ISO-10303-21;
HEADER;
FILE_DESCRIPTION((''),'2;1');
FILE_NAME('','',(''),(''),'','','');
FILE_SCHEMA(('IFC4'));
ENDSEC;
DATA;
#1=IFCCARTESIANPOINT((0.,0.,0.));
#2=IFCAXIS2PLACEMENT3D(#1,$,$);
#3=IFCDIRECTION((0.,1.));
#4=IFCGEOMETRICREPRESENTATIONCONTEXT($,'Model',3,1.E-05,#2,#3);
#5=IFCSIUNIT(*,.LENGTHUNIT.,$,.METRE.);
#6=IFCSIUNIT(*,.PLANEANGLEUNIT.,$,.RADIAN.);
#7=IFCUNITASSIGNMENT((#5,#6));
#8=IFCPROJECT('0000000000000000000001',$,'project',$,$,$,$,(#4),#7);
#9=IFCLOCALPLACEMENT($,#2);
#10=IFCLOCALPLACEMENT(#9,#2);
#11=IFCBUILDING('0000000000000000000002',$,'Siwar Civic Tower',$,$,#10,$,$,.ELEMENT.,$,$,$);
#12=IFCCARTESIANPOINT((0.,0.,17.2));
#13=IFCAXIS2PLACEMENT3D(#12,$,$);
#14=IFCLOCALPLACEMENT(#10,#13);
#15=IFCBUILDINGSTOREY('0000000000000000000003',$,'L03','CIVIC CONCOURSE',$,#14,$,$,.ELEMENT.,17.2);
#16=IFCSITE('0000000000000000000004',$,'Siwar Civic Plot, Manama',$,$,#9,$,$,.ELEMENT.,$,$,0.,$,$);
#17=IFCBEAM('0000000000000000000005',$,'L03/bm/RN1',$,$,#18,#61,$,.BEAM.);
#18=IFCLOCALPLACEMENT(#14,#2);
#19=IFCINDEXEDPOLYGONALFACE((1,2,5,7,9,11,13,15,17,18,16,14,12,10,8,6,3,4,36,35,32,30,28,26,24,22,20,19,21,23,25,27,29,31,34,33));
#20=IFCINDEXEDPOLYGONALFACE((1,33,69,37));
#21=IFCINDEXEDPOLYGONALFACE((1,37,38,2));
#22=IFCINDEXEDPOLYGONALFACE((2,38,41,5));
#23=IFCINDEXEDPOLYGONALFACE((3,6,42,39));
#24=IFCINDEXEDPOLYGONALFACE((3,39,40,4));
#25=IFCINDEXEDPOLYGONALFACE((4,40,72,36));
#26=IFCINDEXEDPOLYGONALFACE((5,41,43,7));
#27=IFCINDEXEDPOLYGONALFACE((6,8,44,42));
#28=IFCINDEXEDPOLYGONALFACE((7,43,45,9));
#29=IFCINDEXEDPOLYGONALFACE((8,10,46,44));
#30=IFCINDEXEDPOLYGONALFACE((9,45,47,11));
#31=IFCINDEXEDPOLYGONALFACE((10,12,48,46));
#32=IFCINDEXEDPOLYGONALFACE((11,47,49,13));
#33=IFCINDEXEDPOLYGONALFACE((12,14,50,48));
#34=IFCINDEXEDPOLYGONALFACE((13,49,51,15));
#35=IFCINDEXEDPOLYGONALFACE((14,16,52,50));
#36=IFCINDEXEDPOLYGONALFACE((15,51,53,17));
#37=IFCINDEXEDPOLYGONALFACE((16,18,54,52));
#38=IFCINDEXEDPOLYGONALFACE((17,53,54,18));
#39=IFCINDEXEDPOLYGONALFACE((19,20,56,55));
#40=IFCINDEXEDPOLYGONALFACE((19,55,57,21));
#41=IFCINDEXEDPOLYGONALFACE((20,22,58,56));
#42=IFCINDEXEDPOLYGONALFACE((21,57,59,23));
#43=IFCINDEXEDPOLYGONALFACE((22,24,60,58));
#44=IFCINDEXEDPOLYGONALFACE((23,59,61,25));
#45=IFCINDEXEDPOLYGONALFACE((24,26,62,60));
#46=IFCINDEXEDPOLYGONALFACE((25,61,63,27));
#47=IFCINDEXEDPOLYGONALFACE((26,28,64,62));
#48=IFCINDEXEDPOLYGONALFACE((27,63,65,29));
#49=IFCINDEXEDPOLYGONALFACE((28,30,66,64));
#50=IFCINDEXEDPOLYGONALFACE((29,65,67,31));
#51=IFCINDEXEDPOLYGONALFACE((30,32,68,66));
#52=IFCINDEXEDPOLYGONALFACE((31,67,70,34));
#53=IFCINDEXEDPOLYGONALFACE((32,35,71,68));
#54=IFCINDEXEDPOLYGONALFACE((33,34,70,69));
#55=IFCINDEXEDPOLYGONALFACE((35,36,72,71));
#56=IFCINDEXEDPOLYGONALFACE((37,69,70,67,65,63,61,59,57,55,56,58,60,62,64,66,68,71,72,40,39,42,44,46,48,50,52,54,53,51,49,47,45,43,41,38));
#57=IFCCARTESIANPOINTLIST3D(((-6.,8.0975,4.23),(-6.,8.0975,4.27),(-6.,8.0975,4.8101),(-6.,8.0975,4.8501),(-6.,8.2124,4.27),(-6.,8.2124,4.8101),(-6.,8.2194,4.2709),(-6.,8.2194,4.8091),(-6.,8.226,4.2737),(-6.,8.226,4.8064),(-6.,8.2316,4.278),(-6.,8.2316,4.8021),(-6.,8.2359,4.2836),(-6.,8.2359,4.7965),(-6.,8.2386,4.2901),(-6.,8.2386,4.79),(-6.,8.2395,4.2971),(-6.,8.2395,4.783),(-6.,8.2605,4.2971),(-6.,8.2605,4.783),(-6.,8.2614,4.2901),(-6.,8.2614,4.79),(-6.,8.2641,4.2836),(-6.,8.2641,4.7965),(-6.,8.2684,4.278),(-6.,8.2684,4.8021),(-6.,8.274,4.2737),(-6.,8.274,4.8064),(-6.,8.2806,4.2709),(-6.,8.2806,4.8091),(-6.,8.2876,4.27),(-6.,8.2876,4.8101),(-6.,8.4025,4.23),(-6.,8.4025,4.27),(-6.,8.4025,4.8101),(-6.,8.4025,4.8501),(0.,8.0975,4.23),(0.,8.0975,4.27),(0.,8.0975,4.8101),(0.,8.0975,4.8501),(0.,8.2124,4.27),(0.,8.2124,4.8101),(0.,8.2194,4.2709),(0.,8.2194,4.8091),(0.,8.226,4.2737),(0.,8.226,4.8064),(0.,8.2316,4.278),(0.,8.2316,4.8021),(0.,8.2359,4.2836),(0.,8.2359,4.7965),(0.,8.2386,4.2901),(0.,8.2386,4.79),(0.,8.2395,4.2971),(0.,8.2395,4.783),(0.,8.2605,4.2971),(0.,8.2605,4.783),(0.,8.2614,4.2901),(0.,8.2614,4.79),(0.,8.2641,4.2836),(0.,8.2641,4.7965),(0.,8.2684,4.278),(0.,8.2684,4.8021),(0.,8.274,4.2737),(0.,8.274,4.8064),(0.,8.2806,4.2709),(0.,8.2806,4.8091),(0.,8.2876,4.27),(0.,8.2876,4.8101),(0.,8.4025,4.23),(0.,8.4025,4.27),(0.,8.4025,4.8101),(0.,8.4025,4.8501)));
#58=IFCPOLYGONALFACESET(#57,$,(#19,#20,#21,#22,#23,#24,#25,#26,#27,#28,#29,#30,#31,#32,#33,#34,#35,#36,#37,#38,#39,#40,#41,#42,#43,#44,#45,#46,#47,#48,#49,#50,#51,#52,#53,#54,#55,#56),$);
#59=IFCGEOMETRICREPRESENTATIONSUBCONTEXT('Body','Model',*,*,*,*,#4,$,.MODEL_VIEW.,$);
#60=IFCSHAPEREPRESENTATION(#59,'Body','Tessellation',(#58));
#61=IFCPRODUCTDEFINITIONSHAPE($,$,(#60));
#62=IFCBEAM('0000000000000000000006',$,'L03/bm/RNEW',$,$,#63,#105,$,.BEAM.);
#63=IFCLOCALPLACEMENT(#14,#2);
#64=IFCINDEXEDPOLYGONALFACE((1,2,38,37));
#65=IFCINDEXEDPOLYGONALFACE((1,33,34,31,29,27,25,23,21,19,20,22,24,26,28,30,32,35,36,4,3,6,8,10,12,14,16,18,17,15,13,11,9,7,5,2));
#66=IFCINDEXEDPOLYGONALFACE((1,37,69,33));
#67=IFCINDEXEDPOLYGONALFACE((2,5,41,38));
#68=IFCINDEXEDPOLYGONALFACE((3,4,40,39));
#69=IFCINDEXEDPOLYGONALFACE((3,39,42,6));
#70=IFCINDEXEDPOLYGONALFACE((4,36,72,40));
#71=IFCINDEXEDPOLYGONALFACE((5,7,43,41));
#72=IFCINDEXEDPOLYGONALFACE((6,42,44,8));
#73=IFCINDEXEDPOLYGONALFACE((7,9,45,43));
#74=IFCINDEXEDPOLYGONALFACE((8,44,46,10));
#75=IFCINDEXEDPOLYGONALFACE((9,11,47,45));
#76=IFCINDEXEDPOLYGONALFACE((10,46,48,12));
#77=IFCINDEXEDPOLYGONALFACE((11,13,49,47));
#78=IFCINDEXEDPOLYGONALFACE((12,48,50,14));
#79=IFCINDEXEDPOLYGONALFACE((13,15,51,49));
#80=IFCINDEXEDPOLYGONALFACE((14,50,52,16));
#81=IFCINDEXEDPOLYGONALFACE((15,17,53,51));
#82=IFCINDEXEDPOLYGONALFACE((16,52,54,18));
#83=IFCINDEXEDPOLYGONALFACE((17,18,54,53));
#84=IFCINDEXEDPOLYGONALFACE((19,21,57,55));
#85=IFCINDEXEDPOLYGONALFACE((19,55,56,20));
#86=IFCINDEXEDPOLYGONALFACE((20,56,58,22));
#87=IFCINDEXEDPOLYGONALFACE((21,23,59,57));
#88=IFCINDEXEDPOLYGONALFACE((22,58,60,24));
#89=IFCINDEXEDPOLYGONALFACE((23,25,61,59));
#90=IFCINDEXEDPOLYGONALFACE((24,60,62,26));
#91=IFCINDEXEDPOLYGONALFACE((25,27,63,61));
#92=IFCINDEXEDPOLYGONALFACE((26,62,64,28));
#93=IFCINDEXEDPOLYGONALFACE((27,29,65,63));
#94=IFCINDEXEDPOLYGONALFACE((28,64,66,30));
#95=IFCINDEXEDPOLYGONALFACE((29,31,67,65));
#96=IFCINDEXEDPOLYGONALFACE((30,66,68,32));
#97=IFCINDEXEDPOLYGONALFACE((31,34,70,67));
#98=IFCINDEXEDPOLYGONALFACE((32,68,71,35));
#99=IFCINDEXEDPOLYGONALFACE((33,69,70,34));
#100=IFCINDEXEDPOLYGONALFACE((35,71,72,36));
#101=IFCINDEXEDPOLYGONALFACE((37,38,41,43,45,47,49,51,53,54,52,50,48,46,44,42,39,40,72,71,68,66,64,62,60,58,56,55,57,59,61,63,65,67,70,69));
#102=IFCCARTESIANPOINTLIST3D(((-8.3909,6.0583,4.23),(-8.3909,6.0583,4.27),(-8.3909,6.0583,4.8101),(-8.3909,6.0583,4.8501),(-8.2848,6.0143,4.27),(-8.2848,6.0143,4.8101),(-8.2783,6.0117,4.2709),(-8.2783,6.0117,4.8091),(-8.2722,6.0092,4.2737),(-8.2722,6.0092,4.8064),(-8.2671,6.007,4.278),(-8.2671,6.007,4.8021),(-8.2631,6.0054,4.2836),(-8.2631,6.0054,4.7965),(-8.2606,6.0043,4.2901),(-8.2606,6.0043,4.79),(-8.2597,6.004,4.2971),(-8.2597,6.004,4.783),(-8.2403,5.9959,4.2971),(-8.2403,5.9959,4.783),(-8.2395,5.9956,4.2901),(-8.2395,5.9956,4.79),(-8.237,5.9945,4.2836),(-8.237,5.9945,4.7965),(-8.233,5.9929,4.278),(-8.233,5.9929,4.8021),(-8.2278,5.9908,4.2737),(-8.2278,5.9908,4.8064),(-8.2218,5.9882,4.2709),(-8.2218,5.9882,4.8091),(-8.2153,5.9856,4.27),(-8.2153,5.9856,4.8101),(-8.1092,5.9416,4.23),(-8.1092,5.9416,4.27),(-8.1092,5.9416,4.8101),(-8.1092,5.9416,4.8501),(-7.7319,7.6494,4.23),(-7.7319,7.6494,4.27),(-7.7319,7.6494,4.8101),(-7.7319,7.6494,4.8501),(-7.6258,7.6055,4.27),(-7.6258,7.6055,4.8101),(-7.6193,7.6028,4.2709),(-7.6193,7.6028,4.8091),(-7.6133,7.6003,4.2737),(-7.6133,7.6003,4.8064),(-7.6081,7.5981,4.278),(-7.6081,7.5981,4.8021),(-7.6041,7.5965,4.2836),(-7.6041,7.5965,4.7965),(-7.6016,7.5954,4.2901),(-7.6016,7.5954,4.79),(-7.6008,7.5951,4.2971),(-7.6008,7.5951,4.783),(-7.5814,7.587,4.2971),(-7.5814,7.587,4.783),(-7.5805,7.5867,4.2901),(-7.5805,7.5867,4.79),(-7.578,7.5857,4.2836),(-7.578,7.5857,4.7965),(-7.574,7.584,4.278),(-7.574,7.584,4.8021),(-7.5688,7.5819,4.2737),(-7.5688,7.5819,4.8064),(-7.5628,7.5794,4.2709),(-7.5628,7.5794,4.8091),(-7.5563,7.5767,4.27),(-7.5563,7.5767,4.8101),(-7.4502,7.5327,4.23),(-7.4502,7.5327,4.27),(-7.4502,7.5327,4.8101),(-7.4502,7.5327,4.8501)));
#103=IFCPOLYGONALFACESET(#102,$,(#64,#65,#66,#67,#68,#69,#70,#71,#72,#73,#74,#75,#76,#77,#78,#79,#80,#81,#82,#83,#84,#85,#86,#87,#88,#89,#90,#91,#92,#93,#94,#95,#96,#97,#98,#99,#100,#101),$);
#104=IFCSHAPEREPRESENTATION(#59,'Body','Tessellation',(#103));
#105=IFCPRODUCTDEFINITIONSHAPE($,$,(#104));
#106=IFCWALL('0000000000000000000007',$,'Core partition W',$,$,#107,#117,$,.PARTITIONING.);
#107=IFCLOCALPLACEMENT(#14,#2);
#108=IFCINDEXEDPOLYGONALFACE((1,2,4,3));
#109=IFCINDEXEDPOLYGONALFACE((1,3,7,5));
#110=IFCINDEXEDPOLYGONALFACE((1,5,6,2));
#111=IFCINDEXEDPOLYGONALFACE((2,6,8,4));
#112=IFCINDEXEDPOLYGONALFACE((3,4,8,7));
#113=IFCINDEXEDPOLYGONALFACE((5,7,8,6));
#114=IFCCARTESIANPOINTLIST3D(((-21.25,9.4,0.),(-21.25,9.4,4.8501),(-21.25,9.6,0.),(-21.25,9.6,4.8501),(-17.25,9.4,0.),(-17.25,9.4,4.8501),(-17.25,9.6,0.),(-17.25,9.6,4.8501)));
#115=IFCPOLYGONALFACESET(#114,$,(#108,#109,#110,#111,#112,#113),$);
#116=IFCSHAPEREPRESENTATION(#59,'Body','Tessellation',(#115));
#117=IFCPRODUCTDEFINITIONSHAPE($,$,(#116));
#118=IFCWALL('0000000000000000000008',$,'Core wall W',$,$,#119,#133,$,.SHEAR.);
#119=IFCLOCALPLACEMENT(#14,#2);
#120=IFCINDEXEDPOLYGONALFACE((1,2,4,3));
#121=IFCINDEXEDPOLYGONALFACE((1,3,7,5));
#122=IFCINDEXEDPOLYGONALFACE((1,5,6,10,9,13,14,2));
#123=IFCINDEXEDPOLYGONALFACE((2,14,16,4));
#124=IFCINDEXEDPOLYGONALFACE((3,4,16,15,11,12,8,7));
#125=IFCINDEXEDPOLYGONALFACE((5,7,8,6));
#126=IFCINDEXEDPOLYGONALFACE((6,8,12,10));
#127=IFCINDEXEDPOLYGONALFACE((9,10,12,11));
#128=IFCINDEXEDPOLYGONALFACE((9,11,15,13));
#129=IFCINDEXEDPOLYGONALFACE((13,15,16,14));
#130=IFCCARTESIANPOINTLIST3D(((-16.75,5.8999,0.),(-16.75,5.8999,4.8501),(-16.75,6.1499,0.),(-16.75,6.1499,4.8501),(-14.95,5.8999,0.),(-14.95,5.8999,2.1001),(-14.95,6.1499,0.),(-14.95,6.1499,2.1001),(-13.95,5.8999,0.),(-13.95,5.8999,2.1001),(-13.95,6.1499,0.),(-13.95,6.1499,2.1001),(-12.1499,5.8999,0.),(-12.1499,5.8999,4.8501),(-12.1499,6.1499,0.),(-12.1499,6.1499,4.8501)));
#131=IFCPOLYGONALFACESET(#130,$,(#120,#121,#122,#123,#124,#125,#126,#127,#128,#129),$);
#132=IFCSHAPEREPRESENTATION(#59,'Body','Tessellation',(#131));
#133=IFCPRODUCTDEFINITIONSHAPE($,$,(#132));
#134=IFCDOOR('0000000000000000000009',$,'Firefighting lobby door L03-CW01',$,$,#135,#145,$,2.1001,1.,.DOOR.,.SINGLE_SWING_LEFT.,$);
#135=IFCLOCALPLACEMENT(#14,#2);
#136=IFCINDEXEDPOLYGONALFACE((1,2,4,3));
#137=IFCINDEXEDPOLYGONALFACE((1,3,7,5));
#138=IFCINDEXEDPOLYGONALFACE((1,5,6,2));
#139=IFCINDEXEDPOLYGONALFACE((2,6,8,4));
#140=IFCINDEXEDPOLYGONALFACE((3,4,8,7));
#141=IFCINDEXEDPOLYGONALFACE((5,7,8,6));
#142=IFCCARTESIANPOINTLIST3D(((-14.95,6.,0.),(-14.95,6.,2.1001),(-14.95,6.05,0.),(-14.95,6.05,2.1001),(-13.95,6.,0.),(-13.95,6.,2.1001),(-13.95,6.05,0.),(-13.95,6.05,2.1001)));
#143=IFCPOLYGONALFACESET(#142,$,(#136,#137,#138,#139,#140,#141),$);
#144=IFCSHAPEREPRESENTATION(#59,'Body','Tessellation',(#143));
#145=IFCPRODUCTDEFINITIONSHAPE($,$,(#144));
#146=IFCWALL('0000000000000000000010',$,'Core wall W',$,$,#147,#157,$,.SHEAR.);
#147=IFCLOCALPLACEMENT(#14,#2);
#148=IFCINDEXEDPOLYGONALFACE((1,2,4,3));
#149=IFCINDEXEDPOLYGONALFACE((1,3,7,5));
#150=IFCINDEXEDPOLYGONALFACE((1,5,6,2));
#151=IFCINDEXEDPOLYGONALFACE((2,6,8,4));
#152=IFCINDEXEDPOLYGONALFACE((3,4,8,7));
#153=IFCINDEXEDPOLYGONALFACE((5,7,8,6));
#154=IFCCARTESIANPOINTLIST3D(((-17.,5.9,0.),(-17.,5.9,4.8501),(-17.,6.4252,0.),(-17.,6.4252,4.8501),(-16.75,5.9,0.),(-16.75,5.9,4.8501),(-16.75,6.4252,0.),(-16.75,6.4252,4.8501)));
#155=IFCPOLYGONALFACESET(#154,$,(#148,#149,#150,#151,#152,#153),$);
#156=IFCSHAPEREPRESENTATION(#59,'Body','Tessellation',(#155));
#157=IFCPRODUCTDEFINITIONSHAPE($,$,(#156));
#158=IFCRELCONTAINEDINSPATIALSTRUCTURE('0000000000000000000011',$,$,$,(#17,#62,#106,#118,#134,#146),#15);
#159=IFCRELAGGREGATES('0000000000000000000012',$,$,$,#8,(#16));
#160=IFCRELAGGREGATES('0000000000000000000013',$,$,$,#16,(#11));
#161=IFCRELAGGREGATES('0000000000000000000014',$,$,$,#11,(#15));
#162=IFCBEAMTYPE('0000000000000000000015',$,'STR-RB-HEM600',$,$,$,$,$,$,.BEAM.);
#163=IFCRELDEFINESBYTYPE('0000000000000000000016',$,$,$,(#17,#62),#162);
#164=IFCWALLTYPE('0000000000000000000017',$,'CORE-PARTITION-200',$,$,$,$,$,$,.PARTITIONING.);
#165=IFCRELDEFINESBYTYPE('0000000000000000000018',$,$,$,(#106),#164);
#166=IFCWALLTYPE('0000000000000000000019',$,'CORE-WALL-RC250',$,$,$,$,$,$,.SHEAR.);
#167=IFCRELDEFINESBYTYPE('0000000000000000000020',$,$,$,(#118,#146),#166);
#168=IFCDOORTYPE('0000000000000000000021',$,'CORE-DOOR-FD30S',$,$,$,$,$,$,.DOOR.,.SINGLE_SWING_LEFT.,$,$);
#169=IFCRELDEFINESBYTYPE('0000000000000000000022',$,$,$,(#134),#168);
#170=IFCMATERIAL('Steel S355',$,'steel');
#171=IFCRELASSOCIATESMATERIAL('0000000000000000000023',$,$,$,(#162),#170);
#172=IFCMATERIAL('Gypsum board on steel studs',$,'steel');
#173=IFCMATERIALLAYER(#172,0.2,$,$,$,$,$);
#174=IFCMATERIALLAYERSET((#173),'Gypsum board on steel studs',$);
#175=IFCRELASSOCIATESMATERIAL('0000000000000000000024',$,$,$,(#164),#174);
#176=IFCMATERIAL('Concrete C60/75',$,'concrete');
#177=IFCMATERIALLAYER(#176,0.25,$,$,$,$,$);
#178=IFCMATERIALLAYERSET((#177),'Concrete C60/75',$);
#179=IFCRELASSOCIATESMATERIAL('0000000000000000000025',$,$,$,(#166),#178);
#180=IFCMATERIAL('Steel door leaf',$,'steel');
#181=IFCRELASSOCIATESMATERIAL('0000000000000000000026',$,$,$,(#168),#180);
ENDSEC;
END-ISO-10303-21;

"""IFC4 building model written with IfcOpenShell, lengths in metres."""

from ifc_helpers import new_model, si_unit, direction, frame, frame_2d, origin, origin_2d, place, context, subcontext, project, spatial, rectangle, i_section, extrude, material, layer, layer_set, material_profile, profile_set, type_object, element, fill, save


model = new_model("IFC4")

# Units and contexts
model_context = context("Model", 3, precision=1e-05, world=origin(), true_north=direction((0.0, 1.0)))
body_context = subcontext(model_context, "Body", "Model", "MODEL_VIEW")
ifc_project = project(units=[si_unit("LENGTHUNIT", "METRE"), si_unit("PLANEANGLEUNIT", "RADIAN")], contexts=[model_context])

# Site, building, storey
site_placement = place(None, origin())
site = spatial("IfcSite", under=ifc_project, at=site_placement, Name="Siwar Civic Plot, Manama", CompositionType="ELEMENT", RefElevation=0.0)
building_placement = place(site_placement, origin())
building = spatial("IfcBuilding", under=site, at=building_placement, Name="Siwar Civic Tower", CompositionType="ELEMENT")
storey_placement = place(building_placement, frame((0.0, 0.0, 17.2)))
storey = spatial("IfcBuildingStorey", under=building, at=storey_placement, Name="L03", Description="CIVIC CONCOURSE", CompositionType="ELEMENT", Elevation=17.2)

# Beams
ifc_material_1 = material(Name="Steel S355", Category="steel")
ifc_material_profile_1 = material_profile(ifc_material_1, i_section(OverallWidth=0.3049, OverallDepth=0.6201, WebThickness=0.021, FlangeThickness=0.04, FilletRadius=0.0271, at=origin_2d()), Name="HEM600")
ifc_profile_set_1 = profile_set([ifc_material_profile_1], Name="Steel S355")
beam_type_1 = type_object("IfcBeamType", Name="STR-RB-HEM600", PredefinedType="BEAM", material=ifc_profile_set_1)
beam_1_placement = place(storey_placement, frame((-6.0, 8.25, 4.54), z_axis=(1.0, 0.0, 0.0), x_axis=(0.0, 1.0, 0.0)))
element("IfcBeam", 1, at=beam_1_placement, inside=storey, type_object=beam_type_1, Name="L03/bm/RN1", PredefinedType="BEAM", context=body_context, shape_type="SweptSolid", body=[
    extrude(i_section(OverallWidth=0.3049, OverallDepth=0.6201, WebThickness=0.021, FlangeThickness=0.04, FilletRadius=0.0271, at=origin_2d()), origin(), (0.0, 0.0, 1.0), 6.0),
])
beam_2_placement = place(storey_placement, frame((-7.5911, 7.5911, 4.54), z_axis=(-0.382631, -0.923901, 0.0), x_axis=(0.923901, -0.382631, 0.0)))
element("IfcBeam", 2, at=beam_2_placement, inside=storey, type_object=beam_type_1, Name="L03/bm/RNEW", PredefinedType="BEAM", context=body_context, shape_type="SweptSolid", body=[
    extrude(i_section(OverallWidth=0.3049, OverallDepth=0.6201, WebThickness=0.021, FlangeThickness=0.04, FilletRadius=0.0271, at=origin_2d()), origin(), (0.0, 0.0, 1.0), 1.7222),
])

# Wall
ifc_material_2 = material(Name="Gypsum board on steel studs", Category="steel")
ifc_layer_1 = layer(ifc_material_2, 0.2)
ifc_layer_set_1 = layer_set([ifc_layer_1], Name="Gypsum board on steel studs")
wall_type_1 = type_object("IfcWallType", Name="CORE-PARTITION-200", PredefinedType="PARTITIONING", material=ifc_layer_set_1)
wall_1_placement = place(storey_placement, frame((-17.25, 9.5, 0.0), z_axis=(0.0, 0.0, 1.0), x_axis=(-1.0, 0.0, 0.0)))
element("IfcWall", 3, at=wall_1_placement, inside=storey, type_object=wall_type_1, Name="Core partition W", PredefinedType="PARTITIONING", context=body_context, shape_type="SweptSolid", body=[
    extrude(rectangle(XDim=4.0, YDim=0.2, at=frame_2d((2.0, 0.0))), origin(), (0.0, 0.0, 1.0), 4.8501),
])

# Wall, opening, door
ifc_material_3 = material(Name="Concrete C60/75", Category="concrete")
ifc_layer_2 = layer(ifc_material_3, 0.25)
ifc_layer_set_2 = layer_set([ifc_layer_2], Name="Concrete C60/75")
wall_type_2 = type_object("IfcWallType", Name="CORE-WALL-RC250", PredefinedType="SHEAR", material=ifc_layer_set_2)
wall_2_placement = place(storey_placement, frame((-12.1499, 6.0249, 0.0), z_axis=(0.0, 0.0, 1.0), x_axis=(-1.0, 0.0, 0.0)))
wall_2 = element("IfcWall", 4, at=wall_2_placement, inside=storey, type_object=wall_type_2, Name="Core wall W", PredefinedType="SHEAR", context=body_context, shape_type="SweptSolid", body=[
    extrude(rectangle(XDim=4.6001, YDim=0.25, at=frame_2d((2.3, 0.0))), origin(), (0.0, 0.0, 1.0), 4.8501),
])
opening_1_placement = place(wall_2_placement, frame((1.8, 0.0, 0.0)))
opening_1 = element("IfcOpeningElement", 5, at=opening_1_placement, cuts=wall_2, PredefinedType="OPENING", context=body_context, shape_type="SweptSolid", body=[
    extrude(rectangle(XDim=1.0, YDim=2.1001, at=frame_2d((0.5, 1.05))), frame((0.0, 0.135, 0.0), z_axis=(0.0, -1.0, 0.0), x_axis=(1.0, 0.0, 0.0)), (0.0, 0.0, 1.0), 0.27),
])
ifc_material_4 = material(Name="Steel door leaf", Category="steel")
door_type_1 = type_object("IfcDoorType", Name="CORE-DOOR-FD30S", OperationType="SINGLE_SWING_LEFT", PredefinedType="DOOR", material=ifc_material_4)
door_1_placement = place(opening_1_placement, origin())
door_1 = element("IfcDoor", 6, at=door_1_placement, inside=storey, type_object=door_type_1, Name="Firefighting lobby door L03-CW01", OperationType="SINGLE_SWING_LEFT", OverallHeight=2.1001, OverallWidth=1.0, PredefinedType="DOOR", context=body_context, shape_type="SweptSolid", body=[
    extrude(rectangle(XDim=1.0, YDim=2.1001, at=frame_2d((0.5, 1.05))), frame((0.0, 0.0249, 0.0), z_axis=(0.0, -1.0, 0.0), x_axis=(1.0, 0.0, 0.0)), (0.0, 0.0, 1.0), 0.05),
])
fill(opening_1, door_1)

# Wall
wall_3_placement = place(storey_placement, frame((-16.875, 5.8999, 0.0), z_axis=(0.0, 0.0, 1.0), x_axis=(0.0, 1.0, 0.0)))
element("IfcWall", 7, at=wall_3_placement, inside=storey, type_object=wall_type_2, Name="Core wall W", PredefinedType="SHEAR", context=body_context, shape_type="SweptSolid", body=[
    extrude(rectangle(XDim=0.5251, YDim=0.25, at=frame_2d((0.2627, 0.0))), origin(), (0.0, 0.0, 1.0), 4.8501),
])

save(model, "model.ifc")
